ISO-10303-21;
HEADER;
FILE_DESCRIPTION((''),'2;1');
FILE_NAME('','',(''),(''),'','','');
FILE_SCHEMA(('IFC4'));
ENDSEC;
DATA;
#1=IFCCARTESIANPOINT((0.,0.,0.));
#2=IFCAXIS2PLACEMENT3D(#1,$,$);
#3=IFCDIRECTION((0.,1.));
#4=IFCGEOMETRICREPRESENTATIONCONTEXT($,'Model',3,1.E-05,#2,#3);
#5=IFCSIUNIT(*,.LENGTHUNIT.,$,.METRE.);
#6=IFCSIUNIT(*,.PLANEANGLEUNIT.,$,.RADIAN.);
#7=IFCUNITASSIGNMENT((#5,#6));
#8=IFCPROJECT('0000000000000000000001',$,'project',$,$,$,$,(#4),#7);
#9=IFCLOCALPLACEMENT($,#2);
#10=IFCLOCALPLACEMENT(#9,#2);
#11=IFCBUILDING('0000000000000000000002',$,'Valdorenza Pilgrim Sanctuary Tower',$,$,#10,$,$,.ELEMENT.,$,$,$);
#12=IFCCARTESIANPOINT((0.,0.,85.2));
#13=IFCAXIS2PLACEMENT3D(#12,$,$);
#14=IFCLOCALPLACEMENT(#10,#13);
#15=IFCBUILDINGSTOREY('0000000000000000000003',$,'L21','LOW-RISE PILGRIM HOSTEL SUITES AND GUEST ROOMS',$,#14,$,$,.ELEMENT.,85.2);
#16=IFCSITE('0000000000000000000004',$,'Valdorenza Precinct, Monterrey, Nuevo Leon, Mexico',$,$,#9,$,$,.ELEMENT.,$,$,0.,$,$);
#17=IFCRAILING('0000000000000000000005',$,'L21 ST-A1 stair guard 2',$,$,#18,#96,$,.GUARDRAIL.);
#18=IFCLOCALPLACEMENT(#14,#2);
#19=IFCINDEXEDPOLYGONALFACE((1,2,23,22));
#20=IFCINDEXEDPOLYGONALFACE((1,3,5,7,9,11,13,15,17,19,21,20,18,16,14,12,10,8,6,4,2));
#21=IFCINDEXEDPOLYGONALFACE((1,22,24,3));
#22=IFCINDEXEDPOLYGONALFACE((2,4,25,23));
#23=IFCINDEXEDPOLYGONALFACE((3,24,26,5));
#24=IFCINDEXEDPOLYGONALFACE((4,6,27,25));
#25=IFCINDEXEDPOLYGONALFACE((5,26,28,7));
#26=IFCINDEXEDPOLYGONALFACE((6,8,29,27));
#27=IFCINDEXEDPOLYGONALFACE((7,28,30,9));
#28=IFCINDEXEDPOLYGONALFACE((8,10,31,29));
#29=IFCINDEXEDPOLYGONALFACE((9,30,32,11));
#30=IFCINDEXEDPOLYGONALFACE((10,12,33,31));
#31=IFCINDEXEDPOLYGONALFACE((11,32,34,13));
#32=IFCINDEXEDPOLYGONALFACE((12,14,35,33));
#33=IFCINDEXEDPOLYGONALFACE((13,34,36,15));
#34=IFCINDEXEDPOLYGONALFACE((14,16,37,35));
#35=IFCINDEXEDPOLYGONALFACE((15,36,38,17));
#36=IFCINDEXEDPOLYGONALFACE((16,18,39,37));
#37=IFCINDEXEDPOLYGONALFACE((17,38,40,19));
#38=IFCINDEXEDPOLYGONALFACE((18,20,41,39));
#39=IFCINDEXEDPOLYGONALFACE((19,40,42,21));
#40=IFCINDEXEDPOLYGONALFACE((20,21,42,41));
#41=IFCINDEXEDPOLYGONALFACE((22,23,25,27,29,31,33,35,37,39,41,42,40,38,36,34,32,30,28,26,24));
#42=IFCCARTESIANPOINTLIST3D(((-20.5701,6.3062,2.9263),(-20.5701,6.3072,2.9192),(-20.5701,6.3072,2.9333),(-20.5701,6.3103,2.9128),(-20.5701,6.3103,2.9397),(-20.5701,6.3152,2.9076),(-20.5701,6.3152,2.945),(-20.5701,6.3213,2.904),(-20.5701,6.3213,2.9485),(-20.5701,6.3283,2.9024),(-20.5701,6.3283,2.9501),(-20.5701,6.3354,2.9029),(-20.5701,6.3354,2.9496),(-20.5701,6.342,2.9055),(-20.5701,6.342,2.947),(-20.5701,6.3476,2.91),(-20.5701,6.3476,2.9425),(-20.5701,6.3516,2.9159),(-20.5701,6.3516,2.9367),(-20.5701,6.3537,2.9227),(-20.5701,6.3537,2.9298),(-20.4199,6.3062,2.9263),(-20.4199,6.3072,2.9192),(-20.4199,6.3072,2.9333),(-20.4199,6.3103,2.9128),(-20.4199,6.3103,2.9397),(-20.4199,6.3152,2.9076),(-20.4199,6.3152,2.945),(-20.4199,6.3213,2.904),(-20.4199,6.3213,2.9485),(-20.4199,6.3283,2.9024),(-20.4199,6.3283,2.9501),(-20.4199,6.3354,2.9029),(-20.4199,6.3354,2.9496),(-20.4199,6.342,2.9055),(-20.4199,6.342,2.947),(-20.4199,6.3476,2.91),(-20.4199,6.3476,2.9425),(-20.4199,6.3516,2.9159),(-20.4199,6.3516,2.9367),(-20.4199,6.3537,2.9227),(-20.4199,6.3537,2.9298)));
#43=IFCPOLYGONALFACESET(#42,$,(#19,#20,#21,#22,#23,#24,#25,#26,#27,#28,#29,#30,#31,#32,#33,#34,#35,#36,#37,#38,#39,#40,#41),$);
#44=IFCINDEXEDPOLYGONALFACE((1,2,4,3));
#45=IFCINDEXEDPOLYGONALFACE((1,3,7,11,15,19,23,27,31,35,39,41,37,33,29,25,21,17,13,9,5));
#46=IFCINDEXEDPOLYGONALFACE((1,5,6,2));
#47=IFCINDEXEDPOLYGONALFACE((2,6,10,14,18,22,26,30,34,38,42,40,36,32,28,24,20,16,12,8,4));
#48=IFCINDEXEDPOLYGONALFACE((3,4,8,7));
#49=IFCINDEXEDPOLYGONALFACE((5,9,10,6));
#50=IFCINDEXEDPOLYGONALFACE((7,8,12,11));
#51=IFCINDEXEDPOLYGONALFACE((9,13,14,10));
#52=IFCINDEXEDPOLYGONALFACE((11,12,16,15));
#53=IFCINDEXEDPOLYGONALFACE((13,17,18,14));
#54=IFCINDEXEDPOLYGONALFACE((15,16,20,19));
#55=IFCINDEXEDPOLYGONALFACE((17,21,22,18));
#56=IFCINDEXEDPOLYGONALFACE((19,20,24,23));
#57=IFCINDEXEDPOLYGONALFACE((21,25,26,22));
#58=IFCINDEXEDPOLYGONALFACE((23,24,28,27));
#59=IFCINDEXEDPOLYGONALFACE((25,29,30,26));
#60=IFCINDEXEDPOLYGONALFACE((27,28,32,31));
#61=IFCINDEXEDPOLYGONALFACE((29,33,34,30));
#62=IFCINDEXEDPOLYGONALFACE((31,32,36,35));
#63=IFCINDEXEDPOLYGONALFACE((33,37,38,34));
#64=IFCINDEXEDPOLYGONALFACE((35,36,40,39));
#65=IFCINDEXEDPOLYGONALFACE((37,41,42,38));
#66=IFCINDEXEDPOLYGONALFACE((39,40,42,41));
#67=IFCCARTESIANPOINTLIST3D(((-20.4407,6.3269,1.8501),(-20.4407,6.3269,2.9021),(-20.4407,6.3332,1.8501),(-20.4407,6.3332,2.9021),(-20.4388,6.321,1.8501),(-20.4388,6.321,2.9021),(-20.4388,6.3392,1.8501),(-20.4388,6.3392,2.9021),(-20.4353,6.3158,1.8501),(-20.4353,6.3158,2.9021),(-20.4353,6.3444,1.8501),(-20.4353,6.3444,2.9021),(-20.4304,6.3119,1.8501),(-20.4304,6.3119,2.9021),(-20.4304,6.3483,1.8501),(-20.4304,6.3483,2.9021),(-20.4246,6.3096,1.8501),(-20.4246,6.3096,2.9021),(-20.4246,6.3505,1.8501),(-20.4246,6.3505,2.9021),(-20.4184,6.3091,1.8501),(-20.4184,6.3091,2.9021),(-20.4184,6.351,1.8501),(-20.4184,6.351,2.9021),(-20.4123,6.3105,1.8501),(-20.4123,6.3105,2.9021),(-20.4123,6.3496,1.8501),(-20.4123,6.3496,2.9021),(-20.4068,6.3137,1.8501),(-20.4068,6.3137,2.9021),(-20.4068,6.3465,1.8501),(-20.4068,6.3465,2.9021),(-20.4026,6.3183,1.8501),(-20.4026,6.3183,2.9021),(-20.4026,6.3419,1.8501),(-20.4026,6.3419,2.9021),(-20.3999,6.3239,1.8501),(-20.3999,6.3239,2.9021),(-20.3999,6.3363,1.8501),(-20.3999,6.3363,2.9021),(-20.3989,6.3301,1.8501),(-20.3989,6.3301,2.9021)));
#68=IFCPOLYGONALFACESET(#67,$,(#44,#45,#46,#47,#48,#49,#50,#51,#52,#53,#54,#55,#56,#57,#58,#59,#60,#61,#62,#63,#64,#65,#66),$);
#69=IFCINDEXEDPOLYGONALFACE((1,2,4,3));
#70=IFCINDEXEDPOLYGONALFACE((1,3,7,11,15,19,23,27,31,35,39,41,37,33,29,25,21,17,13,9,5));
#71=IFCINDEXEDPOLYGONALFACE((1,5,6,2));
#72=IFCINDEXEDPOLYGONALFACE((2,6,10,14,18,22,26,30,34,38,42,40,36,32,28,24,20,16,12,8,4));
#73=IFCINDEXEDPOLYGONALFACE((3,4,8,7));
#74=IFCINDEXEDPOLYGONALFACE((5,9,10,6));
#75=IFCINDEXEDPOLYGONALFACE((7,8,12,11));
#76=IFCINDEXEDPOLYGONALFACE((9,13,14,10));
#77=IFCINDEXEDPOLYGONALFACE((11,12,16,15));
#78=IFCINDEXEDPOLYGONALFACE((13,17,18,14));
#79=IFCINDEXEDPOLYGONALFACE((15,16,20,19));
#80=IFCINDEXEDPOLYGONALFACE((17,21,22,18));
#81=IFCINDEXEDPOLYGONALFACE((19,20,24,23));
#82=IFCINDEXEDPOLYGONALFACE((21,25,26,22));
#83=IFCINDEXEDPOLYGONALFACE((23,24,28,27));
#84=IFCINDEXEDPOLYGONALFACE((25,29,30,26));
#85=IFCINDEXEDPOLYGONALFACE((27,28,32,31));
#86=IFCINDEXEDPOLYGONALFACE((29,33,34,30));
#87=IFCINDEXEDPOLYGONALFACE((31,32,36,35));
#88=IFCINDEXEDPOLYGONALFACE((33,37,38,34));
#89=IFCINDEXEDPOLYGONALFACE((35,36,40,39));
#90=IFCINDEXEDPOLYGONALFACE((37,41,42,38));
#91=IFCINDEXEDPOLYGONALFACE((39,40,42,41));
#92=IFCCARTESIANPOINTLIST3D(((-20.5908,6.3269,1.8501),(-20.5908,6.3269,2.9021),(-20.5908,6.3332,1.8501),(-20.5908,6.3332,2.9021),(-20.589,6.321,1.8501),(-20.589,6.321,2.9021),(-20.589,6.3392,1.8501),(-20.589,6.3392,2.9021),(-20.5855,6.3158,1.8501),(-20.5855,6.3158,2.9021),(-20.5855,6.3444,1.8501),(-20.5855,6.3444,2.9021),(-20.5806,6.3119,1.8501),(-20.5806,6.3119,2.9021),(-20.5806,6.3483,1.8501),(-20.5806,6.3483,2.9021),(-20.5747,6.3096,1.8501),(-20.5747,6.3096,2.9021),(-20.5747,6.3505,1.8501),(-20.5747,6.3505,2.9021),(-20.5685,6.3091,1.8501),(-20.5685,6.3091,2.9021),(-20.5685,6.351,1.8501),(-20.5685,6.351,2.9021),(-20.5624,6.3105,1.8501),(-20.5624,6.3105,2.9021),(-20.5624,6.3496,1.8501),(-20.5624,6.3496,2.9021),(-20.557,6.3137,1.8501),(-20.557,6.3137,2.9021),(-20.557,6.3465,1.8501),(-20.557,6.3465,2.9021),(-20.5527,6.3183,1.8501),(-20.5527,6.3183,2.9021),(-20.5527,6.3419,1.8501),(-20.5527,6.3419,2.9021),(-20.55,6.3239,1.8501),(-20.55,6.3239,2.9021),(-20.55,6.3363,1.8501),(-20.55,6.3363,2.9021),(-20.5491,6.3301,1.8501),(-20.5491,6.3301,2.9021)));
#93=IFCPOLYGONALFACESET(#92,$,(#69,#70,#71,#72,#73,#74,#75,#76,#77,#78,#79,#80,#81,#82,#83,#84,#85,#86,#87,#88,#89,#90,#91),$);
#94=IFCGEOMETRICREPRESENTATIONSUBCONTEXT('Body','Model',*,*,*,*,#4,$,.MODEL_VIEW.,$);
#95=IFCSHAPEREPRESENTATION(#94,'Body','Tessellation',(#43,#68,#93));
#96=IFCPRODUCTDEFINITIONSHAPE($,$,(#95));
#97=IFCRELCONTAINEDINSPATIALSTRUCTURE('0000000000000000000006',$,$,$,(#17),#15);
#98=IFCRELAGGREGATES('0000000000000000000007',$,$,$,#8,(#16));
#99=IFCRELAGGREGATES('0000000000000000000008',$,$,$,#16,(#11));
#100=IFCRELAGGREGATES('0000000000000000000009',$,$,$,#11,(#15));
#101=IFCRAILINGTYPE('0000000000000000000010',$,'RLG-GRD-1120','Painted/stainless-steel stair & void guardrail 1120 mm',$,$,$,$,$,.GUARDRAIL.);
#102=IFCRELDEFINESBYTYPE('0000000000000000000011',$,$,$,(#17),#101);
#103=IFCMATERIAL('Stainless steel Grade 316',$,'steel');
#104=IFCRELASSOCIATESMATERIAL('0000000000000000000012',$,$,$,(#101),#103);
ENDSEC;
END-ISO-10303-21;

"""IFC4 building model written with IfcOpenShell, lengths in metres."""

from ifc_helpers import new_model, si_unit, direction, frame, origin, origin_2d, place, context, subcontext, project, spatial, circle, extrude, material, type_object, element, save


model = new_model("IFC4")

# Units and contexts
model_context = context("Model", 3, precision=1e-05, world=origin(), true_north=direction((0.0, 1.0)))
body_context = subcontext(model_context, "Body", "Model", "MODEL_VIEW")
ifc_project = project(units=[si_unit("LENGTHUNIT", "METRE"), si_unit("PLANEANGLEUNIT", "RADIAN")], contexts=[model_context])

# Site, building, storey
site_placement = place(None, origin())
site = spatial("IfcSite", under=ifc_project, at=site_placement, Name="Valdorenza Precinct, Monterrey, Nuevo Leon, Mexico", CompositionType="ELEMENT", RefElevation=0.0)
building_placement = place(site_placement, origin())
building = spatial("IfcBuilding", under=site, at=building_placement, Name="Valdorenza Pilgrim Sanctuary Tower", CompositionType="ELEMENT")
storey_placement = place(building_placement, frame((0.0, 0.0, 85.2)))
storey = spatial("IfcBuildingStorey", under=building, at=storey_placement, Name="L21", Description="LOW-RISE PILGRIM HOSTEL SUITES AND GUEST ROOMS", CompositionType="ELEMENT", Elevation=85.2)

# Railing
ifc_material_1 = material(Name="Stainless steel Grade 316", Category="steel")
railing_type_1 = type_object("IfcRailingType", Name="RLG-GRD-1120", Description="Painted/stainless-steel stair & void guardrail 1120 mm", PredefinedType="GUARDRAIL", material=ifc_material_1)
railing_1_placement = place(storey_placement, frame((-20.4199, 6.3301, 1.8501)))
element("IfcRailing", 1, at=railing_1_placement, inside=storey, type_object=railing_type_1, Name="L21 ST-A1 stair guard 2", PredefinedType="GUARDRAIL", context=body_context, shape_type="SweptSolid", body=[
    extrude(circle(Radius=0.0239, at=origin_2d()), frame((0.0, 0.0, 1.0762), z_axis=(-1.0, 0.0, 0.0), x_axis=(0.0, -1.0, 0.0)), (0.0, 0.0, 1.0), 0.1501),
    extrude(circle(Radius=0.021, at=origin_2d()), origin(), (0.0, 0.0, 1.0), 1.052),
    extrude(circle(Radius=0.021, at=origin_2d()), frame((-0.1501, 0.0, 0.0)), (0.0, 0.0, 1.0), 1.052),
])

save(model, "model.ifc")
